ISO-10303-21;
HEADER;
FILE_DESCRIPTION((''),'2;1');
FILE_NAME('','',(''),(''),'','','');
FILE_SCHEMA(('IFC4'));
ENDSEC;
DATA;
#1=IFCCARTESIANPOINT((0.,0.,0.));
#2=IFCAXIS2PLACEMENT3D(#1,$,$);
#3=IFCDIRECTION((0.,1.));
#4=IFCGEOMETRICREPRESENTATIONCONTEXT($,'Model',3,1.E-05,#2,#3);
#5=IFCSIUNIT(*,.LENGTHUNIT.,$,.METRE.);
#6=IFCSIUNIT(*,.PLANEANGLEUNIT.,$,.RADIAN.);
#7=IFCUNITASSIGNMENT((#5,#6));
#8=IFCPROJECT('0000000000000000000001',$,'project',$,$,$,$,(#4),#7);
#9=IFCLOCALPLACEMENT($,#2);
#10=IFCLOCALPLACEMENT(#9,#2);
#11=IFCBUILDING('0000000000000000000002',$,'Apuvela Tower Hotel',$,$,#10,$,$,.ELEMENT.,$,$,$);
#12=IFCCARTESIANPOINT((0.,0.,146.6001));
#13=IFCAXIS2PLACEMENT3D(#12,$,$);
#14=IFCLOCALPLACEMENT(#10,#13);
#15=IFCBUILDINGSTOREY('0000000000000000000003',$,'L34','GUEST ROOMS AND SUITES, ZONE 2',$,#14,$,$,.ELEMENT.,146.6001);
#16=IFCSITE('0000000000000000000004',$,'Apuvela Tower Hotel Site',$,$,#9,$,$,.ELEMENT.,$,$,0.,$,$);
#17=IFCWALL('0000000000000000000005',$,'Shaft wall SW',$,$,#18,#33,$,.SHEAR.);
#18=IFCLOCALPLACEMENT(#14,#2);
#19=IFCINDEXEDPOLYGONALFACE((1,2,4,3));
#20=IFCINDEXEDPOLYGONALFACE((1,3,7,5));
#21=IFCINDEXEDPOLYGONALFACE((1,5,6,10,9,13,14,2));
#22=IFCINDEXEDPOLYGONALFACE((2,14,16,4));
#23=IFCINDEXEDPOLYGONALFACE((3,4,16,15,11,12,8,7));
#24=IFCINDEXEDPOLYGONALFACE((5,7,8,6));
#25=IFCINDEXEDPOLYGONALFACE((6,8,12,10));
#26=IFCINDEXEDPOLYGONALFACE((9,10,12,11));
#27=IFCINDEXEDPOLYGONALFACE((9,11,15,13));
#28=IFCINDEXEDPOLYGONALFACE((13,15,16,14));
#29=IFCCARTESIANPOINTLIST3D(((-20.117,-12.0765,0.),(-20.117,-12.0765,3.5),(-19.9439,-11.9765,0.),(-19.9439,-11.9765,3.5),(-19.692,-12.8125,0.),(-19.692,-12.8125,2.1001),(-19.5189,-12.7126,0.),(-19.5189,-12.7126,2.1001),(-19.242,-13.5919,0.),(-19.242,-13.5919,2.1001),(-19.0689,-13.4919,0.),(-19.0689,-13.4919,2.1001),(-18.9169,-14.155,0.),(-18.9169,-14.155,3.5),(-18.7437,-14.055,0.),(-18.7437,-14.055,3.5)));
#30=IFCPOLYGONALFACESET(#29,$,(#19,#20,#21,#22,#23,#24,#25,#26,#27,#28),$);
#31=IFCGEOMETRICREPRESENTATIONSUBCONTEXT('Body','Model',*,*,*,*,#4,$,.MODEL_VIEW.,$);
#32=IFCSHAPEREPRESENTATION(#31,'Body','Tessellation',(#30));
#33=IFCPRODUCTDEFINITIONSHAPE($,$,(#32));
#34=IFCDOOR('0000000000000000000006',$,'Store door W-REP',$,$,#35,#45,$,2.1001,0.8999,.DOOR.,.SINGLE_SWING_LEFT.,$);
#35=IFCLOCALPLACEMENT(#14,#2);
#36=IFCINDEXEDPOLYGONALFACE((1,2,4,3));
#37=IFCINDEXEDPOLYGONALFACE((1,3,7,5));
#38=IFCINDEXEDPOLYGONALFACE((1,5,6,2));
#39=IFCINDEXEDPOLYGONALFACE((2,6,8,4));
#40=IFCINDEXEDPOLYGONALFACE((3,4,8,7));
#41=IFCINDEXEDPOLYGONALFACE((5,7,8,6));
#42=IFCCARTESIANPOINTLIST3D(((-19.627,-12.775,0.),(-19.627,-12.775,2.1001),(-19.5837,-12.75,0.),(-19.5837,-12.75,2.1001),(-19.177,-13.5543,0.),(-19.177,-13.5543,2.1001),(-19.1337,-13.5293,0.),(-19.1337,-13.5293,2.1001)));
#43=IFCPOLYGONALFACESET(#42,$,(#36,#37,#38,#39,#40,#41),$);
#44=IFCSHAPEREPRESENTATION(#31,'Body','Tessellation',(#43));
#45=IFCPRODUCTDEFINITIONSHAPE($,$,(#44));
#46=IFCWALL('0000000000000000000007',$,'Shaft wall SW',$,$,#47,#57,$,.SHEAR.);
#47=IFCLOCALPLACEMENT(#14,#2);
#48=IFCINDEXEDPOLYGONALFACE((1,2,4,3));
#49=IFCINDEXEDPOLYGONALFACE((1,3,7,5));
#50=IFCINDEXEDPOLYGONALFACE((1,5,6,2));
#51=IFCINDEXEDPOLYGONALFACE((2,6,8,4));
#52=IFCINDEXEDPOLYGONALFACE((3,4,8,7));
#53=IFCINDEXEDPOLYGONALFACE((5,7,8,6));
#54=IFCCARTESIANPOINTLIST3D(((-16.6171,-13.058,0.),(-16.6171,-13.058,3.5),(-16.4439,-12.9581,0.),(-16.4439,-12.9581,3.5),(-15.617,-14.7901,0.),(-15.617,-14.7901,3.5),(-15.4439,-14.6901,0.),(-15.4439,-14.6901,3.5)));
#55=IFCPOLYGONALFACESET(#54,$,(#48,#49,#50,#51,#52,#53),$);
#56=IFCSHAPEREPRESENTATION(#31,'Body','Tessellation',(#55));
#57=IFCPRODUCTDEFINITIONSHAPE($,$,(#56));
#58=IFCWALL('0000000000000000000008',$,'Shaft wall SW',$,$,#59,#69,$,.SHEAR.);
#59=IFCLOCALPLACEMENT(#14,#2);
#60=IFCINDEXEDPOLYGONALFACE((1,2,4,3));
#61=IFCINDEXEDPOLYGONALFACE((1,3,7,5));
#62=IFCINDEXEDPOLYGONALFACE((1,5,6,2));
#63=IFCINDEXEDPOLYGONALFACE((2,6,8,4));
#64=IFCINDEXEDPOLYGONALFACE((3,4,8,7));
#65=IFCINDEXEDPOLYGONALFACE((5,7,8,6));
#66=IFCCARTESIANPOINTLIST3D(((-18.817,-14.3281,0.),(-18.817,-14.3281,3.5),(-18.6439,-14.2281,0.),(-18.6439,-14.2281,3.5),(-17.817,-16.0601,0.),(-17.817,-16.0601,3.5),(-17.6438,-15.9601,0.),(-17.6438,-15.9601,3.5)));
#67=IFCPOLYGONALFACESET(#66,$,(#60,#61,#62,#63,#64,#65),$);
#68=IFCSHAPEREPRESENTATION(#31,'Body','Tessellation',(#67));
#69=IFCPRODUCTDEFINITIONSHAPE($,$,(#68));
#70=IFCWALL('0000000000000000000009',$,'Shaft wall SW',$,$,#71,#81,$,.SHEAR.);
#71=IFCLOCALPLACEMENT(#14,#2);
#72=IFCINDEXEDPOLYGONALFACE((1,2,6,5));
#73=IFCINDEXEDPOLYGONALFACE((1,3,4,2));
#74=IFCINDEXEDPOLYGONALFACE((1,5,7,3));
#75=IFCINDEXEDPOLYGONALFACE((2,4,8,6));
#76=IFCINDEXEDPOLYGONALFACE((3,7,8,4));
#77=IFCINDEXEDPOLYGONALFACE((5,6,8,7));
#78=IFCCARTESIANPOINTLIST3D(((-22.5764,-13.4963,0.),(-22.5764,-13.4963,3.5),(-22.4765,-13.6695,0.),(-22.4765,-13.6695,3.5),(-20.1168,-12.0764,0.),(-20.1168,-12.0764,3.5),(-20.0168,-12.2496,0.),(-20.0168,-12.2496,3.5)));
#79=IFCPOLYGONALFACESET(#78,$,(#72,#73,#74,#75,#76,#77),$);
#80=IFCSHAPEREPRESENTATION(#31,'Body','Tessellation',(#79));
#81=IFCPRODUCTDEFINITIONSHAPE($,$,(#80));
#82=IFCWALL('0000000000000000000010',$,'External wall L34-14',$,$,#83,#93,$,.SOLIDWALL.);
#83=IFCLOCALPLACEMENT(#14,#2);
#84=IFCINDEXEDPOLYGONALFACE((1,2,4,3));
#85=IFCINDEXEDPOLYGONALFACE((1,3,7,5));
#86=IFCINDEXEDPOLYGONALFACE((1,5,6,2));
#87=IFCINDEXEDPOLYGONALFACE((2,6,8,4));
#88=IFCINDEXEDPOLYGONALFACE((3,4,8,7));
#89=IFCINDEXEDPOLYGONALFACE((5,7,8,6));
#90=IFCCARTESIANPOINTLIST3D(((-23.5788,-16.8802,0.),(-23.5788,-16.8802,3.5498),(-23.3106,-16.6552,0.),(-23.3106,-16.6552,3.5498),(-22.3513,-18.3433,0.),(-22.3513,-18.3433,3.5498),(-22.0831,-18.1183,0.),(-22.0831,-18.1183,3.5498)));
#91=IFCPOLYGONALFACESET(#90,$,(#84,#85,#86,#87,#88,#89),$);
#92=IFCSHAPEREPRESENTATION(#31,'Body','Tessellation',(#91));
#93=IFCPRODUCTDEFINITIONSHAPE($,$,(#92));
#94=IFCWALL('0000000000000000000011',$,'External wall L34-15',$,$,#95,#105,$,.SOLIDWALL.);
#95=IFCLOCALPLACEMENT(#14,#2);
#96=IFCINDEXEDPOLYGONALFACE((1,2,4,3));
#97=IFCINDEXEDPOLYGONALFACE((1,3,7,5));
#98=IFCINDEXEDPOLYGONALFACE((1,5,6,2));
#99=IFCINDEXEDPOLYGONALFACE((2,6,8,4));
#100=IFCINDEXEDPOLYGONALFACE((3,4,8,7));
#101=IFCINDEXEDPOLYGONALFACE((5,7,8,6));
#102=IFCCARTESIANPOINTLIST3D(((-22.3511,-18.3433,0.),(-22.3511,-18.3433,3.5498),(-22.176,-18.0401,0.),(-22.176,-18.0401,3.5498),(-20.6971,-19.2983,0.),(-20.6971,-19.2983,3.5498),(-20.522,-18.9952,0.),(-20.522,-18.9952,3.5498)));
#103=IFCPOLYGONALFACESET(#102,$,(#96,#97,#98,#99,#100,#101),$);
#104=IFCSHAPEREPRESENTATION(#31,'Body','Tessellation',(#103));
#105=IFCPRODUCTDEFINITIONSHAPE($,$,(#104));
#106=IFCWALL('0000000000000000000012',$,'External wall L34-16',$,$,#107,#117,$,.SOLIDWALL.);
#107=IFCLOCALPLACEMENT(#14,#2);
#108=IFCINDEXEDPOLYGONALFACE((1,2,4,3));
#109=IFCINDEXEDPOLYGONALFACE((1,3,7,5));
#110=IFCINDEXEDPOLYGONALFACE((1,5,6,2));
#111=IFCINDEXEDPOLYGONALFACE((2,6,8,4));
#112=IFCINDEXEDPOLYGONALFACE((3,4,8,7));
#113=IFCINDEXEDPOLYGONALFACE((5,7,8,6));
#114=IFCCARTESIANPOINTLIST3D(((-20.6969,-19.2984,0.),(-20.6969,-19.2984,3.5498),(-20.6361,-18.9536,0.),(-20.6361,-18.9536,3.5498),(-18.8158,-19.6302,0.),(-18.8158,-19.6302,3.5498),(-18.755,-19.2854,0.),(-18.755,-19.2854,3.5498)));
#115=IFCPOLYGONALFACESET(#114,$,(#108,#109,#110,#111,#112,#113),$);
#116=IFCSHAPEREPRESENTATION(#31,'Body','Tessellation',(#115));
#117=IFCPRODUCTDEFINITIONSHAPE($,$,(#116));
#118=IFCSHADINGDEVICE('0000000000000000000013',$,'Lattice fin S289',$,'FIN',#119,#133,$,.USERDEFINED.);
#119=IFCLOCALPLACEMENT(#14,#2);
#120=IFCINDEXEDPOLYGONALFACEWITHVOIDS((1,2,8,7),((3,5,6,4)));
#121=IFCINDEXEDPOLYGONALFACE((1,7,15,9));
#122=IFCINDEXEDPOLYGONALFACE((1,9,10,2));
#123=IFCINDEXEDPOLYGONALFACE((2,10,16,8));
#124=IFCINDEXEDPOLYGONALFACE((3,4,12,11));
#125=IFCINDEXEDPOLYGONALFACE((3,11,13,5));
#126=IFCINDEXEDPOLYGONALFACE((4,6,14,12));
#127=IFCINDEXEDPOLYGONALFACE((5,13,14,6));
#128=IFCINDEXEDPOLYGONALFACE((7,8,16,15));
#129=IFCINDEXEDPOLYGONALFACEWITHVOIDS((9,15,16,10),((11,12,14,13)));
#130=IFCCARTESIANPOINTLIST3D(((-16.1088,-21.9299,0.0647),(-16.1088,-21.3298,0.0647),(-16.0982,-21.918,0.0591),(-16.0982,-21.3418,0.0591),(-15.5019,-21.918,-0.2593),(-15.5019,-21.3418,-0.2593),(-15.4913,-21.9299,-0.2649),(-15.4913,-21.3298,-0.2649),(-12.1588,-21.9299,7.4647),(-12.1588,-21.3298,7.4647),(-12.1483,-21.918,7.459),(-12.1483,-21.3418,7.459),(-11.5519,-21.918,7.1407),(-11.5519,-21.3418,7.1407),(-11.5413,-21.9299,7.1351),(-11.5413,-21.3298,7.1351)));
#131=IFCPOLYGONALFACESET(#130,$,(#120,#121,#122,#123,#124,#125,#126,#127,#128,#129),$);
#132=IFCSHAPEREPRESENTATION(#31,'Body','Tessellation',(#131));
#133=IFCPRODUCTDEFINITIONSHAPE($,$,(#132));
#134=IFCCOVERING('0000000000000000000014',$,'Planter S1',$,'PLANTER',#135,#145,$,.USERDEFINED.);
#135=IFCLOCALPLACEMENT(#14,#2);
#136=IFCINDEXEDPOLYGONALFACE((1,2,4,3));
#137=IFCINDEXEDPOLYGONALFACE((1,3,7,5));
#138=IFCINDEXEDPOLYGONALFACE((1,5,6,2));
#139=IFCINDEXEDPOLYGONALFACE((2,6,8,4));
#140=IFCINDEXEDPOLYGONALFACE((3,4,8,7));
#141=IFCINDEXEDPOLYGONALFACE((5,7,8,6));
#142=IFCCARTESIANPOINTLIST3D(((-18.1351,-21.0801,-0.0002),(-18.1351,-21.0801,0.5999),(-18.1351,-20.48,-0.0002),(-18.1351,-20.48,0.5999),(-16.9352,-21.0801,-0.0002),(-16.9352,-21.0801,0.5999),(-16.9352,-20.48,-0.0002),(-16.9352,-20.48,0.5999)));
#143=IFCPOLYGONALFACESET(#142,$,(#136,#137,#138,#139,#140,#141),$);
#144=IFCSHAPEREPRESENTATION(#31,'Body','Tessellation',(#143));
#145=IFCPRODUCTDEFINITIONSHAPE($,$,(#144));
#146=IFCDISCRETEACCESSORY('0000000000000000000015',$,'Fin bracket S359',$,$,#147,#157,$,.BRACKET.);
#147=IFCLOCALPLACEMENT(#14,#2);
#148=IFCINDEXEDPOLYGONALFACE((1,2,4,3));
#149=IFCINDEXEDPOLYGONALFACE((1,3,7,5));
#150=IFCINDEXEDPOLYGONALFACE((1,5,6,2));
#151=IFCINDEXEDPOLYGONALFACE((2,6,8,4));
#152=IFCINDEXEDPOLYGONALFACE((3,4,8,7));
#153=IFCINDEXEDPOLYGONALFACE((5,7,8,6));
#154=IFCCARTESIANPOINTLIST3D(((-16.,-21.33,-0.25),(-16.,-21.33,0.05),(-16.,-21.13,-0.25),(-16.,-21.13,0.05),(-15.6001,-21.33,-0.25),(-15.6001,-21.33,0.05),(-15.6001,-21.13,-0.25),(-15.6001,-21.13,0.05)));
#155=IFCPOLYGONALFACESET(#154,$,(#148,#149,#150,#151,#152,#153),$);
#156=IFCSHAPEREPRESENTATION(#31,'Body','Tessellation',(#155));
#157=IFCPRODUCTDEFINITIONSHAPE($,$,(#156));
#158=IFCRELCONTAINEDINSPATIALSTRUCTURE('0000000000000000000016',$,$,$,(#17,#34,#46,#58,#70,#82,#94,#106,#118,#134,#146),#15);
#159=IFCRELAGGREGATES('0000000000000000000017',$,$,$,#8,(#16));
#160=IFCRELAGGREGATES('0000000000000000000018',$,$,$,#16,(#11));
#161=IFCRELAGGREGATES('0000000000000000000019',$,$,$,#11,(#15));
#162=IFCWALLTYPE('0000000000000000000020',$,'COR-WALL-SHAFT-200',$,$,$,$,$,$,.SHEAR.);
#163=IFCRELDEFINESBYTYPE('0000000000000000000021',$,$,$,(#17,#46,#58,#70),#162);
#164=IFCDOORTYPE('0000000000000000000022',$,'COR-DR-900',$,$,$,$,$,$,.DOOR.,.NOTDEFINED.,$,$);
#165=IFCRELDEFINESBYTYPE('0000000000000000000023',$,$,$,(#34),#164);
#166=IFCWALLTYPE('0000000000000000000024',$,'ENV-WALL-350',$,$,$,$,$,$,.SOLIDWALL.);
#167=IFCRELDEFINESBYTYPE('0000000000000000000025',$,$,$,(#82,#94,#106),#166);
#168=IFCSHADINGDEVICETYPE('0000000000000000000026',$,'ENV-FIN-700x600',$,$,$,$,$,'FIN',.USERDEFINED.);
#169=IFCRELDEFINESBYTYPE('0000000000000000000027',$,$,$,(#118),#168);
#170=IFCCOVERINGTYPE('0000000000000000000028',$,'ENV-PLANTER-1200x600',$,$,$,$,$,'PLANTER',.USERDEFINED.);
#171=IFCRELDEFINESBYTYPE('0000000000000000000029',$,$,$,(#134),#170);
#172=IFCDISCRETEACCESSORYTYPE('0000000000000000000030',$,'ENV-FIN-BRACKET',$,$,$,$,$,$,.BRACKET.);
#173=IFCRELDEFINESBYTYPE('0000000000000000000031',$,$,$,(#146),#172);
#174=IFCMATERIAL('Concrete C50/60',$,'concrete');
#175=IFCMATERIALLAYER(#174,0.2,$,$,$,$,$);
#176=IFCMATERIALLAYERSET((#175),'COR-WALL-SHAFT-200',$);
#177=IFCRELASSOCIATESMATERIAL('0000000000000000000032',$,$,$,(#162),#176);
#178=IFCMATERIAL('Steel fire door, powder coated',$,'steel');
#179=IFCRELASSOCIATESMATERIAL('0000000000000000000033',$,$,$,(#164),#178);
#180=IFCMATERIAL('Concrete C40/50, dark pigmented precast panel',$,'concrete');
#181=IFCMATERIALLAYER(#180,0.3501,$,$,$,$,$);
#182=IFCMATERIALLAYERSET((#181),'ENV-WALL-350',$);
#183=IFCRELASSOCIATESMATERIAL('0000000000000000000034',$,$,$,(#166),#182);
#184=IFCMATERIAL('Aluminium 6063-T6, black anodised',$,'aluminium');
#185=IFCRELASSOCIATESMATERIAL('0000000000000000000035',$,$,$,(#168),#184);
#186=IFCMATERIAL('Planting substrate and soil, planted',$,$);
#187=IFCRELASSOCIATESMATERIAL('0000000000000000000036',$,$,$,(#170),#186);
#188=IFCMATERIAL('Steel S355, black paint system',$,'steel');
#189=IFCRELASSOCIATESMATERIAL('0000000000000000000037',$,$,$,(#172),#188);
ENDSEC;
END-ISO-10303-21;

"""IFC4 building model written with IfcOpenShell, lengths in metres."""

from ifc_helpers import new_model, si_unit, direction, frame, frame_2d, origin, origin_2d, place, context, subcontext, project, spatial, rectangle, hollow_rectangle, extrude, material, layer, layer_set, material_profile, profile_set, type_object, element, fill, save


model = new_model("IFC4")

# Units and contexts
model_context = context("Model", 3, precision=1e-05, world=origin(), true_north=direction((0.0, 1.0)))
body_context = subcontext(model_context, "Body", "Model", "MODEL_VIEW")
ifc_project = project(units=[si_unit("LENGTHUNIT", "METRE"), si_unit("PLANEANGLEUNIT", "RADIAN")], contexts=[model_context])

# Site, building, storey
site_placement = place(None, origin())
site = spatial("IfcSite", under=ifc_project, at=site_placement, Name="Apuvela Tower Hotel Site", CompositionType="ELEMENT", RefElevation=0.0)
building_placement = place(site_placement, origin())
building = spatial("IfcBuilding", under=site, at=building_placement, Name="Apuvela Tower Hotel", CompositionType="ELEMENT")
storey_placement = place(building_placement, frame((0.0, 0.0, 146.6001)))
storey = spatial("IfcBuildingStorey", under=building, at=storey_placement, Name="L34", Description="GUEST ROOMS AND SUITES, ZONE 2", CompositionType="ELEMENT", Elevation=146.6001)

# Wall, opening, door
ifc_material_1 = material(Name="Concrete C50/60", Category="concrete")
ifc_layer_1 = layer(ifc_material_1, 0.2)
ifc_layer_set_1 = layer_set([ifc_layer_1], Name="COR-WALL-SHAFT-200")
wall_type_1 = type_object("IfcWallType", Name="COR-WALL-SHAFT-200", PredefinedType="SHEAR", material=ifc_layer_set_1)
wall_1_placement = place(storey_placement, frame((-20.0305, -12.0264, 0.0), z_axis=(0.0, 0.0, 1.0), x_axis=(0.500034, -0.866006, 0.0)))
wall_1 = element("IfcWall", 1, at=wall_1_placement, inside=storey, type_object=wall_type_1, Name="Shaft wall SW", PredefinedType="SHEAR", context=body_context, shape_type="SweptSolid", body=[
    extrude(rectangle(XDim=2.4001, YDim=0.2, at=frame_2d((1.2002, 0.0))), origin(), (0.0, 0.0, 1.0), 3.5),
])
opening_1_placement = place(wall_1_placement, frame((0.8501, 0.0, 0.0)))
opening_1 = element("IfcOpeningElement", 2, at=opening_1_placement, cuts=wall_1, PredefinedType="OPENING", context=body_context, shape_type="SweptSolid", body=[
    extrude(rectangle(XDim=0.8999, YDim=2.1001, at=frame_2d((0.45, 1.05))), frame((0.0, 0.1099, 0.0), z_axis=(0.0, -1.0, 0.0), x_axis=(1.0, 0.0, 0.0)), (0.0, 0.0, 1.0), 0.22),
])
ifc_material_2 = material(Name="Steel fire door, powder coated", Category="steel")
door_type_1 = type_object("IfcDoorType", Name="COR-DR-900", OperationType="NOTDEFINED", PredefinedType="DOOR", material=ifc_material_2)
door_1_placement = place(opening_1_placement, frame((0.8999, 0.0, 0.0), z_axis=(0.0, 0.0, 1.0), x_axis=(-1.0, 0.0, 0.0)))
door_1 = element("IfcDoor", 3, at=door_1_placement, inside=storey, type_object=door_type_1, Name="Store door W-REP", OperationType="SINGLE_SWING_LEFT", OverallHeight=2.1001, OverallWidth=0.8999, PredefinedType="DOOR", context=body_context, shape_type="SweptSolid", body=[
    extrude(rectangle(XDim=0.8999, YDim=2.1001, at=frame_2d((0.45, 1.05))), frame((0.0, 0.0249, 0.0), z_axis=(0.0, -1.0, 0.0), x_axis=(1.0, 0.0, 0.0)), (0.0, 0.0, 1.0), 0.05),
])
fill(opening_1, door_1)

# Walls
for number, where, z_axis, x_axis, name in (
    (4, (-16.5305, -13.0081, 0.0), (0.0, 0.0, 1.0), (0.500025, -0.866011, 0.0), "Shaft wall SW"),
    (5, (-18.7305, -14.2781, 0.0), (0.0, 0.0, 1.0), (0.500025, -0.866011, 0.0), "Shaft wall SW"),
):
    element("IfcWall", number, at=place(storey_placement, frame(where, z_axis=z_axis, x_axis=x_axis)), inside=storey, type_object=wall_type_1, Name=name, PredefinedType="SHEAR", context=body_context, shape_type="SweptSolid", body=[
        extrude(rectangle(XDim=2.0, YDim=0.2, at=frame_2d((1.0, 0.0))), origin(), (0.0, 0.0, 1.0), 3.5),
    ])
wall_2_placement = place(storey_placement, frame((-20.0669, -12.1631, 0.0), z_axis=(0.0, 0.0, 1.0), x_axis=(-0.866055, -0.499948, 0.0)))
element("IfcWall", 6, at=wall_2_placement, inside=storey, type_object=wall_type_1, Name="Shaft wall SW", PredefinedType="SHEAR", context=body_context, shape_type="SweptSolid", body=[
    extrude(rectangle(XDim=2.8401, YDim=0.2, at=frame_2d((1.4199, 0.0))), origin(), (0.0, 0.0, 1.0), 3.5),
])
ifc_material_3 = material(Name="Concrete C40/50, dark pigmented precast panel", Category="concrete")
ifc_layer_2 = layer(ifc_material_3, 0.3501)
ifc_layer_set_2 = layer_set([ifc_layer_2], Name="ENV-WALL-350")
wall_type_2 = type_object("IfcWallType", Name="ENV-WALL-350", PredefinedType="SOLIDWALL", material=ifc_layer_set_2)
for number, where, z_axis, x_axis, name in (
    (7, (-23.4448, -16.7676, 0.0), (0.0, 0.0, 1.0), (0.642733, -0.76609, 0.0), "External wall L34-14"),
    (8, (-22.2637, -18.1917, 0.0), (0.0, 0.0, 1.0), (0.866, -0.500043, 0.0), "External wall L34-15"),
):
    element("IfcWall", number, at=place(storey_placement, frame(where, z_axis=z_axis, x_axis=x_axis)), inside=storey, type_object=wall_type_2, Name=name, PredefinedType="SOLIDWALL", context=body_context, shape_type="SweptSolid", body=[
        extrude(rectangle(XDim=1.9099, YDim=0.3501, at=frame_2d((0.9551, 0.0))), origin(), (0.0, 0.0, 1.0), 3.5498),
    ])
wall_3_placement = place(storey_placement, frame((-20.6665, -19.126, 0.0), z_axis=(0.0, 0.0, 1.0), x_axis=(0.984799, -0.173698, 0.0)))
element("IfcWall", 9, at=wall_3_placement, inside=storey, type_object=wall_type_2, Name="External wall L34-16", PredefinedType="SOLIDWALL", context=body_context, shape_type="SweptSolid", body=[
    extrude(rectangle(XDim=1.9102, YDim=0.3501, at=frame_2d((0.9551, 0.0))), origin(), (0.0, 0.0, 1.0), 3.5498),
])

# Shading device
ifc_material_4 = material(Name="Aluminium 6063-T6, black anodised", Category="aluminium")
ifc_material_profile_1 = material_profile(ifc_material_4, hollow_rectangle(XDim=0.6001, YDim=0.7, WallThickness=0.012, at=origin_2d()), Name="AL BOX 700x600x12")
ifc_profile_set_1 = profile_set([ifc_material_profile_1], Name="Aluminium 6063-T6, black anodised")
shading_device_type = type_object("IfcShadingDeviceType", Name="ENV-FIN-700x600", ElementType="FIN", PredefinedType="USERDEFINED", material=ifc_profile_set_1)
shading_device_placement = place(storey_placement, frame((-15.8, -21.6299, -0.1001), z_axis=(0.470898, 0.0, 0.882188), x_axis=(0.0, 1.0, 0.0)))
element("IfcShadingDevice", 10, at=shading_device_placement, inside=storey, type_object=shading_device_type, Name="Lattice fin S289", ObjectType="FIN", PredefinedType="USERDEFINED", context=body_context, shape_type="SweptSolid", body=[
    extrude(hollow_rectangle(XDim=0.6001, YDim=0.7, WallThickness=0.012, at=origin_2d()), origin(), (0.0, 0.0, 1.0), 8.3882),
])

# Covering
ifc_material_5 = material(Name="Planting substrate and soil, planted")
covering_type = type_object("IfcCoveringType", Name="ENV-PLANTER-1200x600", ElementType="PLANTER", PredefinedType="USERDEFINED", material=ifc_material_5)
covering_placement = place(storey_placement, frame((-17.5352, -20.78, -0.0002), z_axis=(0.0, 0.0, 1.0), x_axis=(1.0, 0.0, 0.0)))
element("IfcCovering", 11, at=covering_placement, inside=storey, type_object=covering_type, Name="Planter S1", ObjectType="PLANTER", PredefinedType="USERDEFINED", context=body_context, shape_type="SweptSolid", body=[
    extrude(rectangle(XDim=1.2, YDim=0.6001, at=origin_2d()), origin(), (0.0, 0.0, 1.0), 0.6001),
])

# Discrete accessory
ifc_material_6 = material(Name="Steel S355, black paint system", Category="steel")
discrete_accessory_type = type_object("IfcDiscreteAccessoryType", Name="ENV-FIN-BRACKET", PredefinedType="BRACKET", material=ifc_material_6)
discrete_accessory_placement = place(storey_placement, frame((-15.8, -21.23, -0.25), z_axis=(0.0, 0.0, 1.0), x_axis=(1.0, 0.0, 0.0)))
element("IfcDiscreteAccessory", 12, at=discrete_accessory_placement, inside=storey, type_object=discrete_accessory_type, Name="Fin bracket S359", PredefinedType="BRACKET", context=body_context, shape_type="SweptSolid", body=[
    extrude(rectangle(XDim=0.3999, YDim=0.2, at=origin_2d()), origin(), (0.0, 0.0, 1.0), 0.3),
])

save(model, "model.ifc")
